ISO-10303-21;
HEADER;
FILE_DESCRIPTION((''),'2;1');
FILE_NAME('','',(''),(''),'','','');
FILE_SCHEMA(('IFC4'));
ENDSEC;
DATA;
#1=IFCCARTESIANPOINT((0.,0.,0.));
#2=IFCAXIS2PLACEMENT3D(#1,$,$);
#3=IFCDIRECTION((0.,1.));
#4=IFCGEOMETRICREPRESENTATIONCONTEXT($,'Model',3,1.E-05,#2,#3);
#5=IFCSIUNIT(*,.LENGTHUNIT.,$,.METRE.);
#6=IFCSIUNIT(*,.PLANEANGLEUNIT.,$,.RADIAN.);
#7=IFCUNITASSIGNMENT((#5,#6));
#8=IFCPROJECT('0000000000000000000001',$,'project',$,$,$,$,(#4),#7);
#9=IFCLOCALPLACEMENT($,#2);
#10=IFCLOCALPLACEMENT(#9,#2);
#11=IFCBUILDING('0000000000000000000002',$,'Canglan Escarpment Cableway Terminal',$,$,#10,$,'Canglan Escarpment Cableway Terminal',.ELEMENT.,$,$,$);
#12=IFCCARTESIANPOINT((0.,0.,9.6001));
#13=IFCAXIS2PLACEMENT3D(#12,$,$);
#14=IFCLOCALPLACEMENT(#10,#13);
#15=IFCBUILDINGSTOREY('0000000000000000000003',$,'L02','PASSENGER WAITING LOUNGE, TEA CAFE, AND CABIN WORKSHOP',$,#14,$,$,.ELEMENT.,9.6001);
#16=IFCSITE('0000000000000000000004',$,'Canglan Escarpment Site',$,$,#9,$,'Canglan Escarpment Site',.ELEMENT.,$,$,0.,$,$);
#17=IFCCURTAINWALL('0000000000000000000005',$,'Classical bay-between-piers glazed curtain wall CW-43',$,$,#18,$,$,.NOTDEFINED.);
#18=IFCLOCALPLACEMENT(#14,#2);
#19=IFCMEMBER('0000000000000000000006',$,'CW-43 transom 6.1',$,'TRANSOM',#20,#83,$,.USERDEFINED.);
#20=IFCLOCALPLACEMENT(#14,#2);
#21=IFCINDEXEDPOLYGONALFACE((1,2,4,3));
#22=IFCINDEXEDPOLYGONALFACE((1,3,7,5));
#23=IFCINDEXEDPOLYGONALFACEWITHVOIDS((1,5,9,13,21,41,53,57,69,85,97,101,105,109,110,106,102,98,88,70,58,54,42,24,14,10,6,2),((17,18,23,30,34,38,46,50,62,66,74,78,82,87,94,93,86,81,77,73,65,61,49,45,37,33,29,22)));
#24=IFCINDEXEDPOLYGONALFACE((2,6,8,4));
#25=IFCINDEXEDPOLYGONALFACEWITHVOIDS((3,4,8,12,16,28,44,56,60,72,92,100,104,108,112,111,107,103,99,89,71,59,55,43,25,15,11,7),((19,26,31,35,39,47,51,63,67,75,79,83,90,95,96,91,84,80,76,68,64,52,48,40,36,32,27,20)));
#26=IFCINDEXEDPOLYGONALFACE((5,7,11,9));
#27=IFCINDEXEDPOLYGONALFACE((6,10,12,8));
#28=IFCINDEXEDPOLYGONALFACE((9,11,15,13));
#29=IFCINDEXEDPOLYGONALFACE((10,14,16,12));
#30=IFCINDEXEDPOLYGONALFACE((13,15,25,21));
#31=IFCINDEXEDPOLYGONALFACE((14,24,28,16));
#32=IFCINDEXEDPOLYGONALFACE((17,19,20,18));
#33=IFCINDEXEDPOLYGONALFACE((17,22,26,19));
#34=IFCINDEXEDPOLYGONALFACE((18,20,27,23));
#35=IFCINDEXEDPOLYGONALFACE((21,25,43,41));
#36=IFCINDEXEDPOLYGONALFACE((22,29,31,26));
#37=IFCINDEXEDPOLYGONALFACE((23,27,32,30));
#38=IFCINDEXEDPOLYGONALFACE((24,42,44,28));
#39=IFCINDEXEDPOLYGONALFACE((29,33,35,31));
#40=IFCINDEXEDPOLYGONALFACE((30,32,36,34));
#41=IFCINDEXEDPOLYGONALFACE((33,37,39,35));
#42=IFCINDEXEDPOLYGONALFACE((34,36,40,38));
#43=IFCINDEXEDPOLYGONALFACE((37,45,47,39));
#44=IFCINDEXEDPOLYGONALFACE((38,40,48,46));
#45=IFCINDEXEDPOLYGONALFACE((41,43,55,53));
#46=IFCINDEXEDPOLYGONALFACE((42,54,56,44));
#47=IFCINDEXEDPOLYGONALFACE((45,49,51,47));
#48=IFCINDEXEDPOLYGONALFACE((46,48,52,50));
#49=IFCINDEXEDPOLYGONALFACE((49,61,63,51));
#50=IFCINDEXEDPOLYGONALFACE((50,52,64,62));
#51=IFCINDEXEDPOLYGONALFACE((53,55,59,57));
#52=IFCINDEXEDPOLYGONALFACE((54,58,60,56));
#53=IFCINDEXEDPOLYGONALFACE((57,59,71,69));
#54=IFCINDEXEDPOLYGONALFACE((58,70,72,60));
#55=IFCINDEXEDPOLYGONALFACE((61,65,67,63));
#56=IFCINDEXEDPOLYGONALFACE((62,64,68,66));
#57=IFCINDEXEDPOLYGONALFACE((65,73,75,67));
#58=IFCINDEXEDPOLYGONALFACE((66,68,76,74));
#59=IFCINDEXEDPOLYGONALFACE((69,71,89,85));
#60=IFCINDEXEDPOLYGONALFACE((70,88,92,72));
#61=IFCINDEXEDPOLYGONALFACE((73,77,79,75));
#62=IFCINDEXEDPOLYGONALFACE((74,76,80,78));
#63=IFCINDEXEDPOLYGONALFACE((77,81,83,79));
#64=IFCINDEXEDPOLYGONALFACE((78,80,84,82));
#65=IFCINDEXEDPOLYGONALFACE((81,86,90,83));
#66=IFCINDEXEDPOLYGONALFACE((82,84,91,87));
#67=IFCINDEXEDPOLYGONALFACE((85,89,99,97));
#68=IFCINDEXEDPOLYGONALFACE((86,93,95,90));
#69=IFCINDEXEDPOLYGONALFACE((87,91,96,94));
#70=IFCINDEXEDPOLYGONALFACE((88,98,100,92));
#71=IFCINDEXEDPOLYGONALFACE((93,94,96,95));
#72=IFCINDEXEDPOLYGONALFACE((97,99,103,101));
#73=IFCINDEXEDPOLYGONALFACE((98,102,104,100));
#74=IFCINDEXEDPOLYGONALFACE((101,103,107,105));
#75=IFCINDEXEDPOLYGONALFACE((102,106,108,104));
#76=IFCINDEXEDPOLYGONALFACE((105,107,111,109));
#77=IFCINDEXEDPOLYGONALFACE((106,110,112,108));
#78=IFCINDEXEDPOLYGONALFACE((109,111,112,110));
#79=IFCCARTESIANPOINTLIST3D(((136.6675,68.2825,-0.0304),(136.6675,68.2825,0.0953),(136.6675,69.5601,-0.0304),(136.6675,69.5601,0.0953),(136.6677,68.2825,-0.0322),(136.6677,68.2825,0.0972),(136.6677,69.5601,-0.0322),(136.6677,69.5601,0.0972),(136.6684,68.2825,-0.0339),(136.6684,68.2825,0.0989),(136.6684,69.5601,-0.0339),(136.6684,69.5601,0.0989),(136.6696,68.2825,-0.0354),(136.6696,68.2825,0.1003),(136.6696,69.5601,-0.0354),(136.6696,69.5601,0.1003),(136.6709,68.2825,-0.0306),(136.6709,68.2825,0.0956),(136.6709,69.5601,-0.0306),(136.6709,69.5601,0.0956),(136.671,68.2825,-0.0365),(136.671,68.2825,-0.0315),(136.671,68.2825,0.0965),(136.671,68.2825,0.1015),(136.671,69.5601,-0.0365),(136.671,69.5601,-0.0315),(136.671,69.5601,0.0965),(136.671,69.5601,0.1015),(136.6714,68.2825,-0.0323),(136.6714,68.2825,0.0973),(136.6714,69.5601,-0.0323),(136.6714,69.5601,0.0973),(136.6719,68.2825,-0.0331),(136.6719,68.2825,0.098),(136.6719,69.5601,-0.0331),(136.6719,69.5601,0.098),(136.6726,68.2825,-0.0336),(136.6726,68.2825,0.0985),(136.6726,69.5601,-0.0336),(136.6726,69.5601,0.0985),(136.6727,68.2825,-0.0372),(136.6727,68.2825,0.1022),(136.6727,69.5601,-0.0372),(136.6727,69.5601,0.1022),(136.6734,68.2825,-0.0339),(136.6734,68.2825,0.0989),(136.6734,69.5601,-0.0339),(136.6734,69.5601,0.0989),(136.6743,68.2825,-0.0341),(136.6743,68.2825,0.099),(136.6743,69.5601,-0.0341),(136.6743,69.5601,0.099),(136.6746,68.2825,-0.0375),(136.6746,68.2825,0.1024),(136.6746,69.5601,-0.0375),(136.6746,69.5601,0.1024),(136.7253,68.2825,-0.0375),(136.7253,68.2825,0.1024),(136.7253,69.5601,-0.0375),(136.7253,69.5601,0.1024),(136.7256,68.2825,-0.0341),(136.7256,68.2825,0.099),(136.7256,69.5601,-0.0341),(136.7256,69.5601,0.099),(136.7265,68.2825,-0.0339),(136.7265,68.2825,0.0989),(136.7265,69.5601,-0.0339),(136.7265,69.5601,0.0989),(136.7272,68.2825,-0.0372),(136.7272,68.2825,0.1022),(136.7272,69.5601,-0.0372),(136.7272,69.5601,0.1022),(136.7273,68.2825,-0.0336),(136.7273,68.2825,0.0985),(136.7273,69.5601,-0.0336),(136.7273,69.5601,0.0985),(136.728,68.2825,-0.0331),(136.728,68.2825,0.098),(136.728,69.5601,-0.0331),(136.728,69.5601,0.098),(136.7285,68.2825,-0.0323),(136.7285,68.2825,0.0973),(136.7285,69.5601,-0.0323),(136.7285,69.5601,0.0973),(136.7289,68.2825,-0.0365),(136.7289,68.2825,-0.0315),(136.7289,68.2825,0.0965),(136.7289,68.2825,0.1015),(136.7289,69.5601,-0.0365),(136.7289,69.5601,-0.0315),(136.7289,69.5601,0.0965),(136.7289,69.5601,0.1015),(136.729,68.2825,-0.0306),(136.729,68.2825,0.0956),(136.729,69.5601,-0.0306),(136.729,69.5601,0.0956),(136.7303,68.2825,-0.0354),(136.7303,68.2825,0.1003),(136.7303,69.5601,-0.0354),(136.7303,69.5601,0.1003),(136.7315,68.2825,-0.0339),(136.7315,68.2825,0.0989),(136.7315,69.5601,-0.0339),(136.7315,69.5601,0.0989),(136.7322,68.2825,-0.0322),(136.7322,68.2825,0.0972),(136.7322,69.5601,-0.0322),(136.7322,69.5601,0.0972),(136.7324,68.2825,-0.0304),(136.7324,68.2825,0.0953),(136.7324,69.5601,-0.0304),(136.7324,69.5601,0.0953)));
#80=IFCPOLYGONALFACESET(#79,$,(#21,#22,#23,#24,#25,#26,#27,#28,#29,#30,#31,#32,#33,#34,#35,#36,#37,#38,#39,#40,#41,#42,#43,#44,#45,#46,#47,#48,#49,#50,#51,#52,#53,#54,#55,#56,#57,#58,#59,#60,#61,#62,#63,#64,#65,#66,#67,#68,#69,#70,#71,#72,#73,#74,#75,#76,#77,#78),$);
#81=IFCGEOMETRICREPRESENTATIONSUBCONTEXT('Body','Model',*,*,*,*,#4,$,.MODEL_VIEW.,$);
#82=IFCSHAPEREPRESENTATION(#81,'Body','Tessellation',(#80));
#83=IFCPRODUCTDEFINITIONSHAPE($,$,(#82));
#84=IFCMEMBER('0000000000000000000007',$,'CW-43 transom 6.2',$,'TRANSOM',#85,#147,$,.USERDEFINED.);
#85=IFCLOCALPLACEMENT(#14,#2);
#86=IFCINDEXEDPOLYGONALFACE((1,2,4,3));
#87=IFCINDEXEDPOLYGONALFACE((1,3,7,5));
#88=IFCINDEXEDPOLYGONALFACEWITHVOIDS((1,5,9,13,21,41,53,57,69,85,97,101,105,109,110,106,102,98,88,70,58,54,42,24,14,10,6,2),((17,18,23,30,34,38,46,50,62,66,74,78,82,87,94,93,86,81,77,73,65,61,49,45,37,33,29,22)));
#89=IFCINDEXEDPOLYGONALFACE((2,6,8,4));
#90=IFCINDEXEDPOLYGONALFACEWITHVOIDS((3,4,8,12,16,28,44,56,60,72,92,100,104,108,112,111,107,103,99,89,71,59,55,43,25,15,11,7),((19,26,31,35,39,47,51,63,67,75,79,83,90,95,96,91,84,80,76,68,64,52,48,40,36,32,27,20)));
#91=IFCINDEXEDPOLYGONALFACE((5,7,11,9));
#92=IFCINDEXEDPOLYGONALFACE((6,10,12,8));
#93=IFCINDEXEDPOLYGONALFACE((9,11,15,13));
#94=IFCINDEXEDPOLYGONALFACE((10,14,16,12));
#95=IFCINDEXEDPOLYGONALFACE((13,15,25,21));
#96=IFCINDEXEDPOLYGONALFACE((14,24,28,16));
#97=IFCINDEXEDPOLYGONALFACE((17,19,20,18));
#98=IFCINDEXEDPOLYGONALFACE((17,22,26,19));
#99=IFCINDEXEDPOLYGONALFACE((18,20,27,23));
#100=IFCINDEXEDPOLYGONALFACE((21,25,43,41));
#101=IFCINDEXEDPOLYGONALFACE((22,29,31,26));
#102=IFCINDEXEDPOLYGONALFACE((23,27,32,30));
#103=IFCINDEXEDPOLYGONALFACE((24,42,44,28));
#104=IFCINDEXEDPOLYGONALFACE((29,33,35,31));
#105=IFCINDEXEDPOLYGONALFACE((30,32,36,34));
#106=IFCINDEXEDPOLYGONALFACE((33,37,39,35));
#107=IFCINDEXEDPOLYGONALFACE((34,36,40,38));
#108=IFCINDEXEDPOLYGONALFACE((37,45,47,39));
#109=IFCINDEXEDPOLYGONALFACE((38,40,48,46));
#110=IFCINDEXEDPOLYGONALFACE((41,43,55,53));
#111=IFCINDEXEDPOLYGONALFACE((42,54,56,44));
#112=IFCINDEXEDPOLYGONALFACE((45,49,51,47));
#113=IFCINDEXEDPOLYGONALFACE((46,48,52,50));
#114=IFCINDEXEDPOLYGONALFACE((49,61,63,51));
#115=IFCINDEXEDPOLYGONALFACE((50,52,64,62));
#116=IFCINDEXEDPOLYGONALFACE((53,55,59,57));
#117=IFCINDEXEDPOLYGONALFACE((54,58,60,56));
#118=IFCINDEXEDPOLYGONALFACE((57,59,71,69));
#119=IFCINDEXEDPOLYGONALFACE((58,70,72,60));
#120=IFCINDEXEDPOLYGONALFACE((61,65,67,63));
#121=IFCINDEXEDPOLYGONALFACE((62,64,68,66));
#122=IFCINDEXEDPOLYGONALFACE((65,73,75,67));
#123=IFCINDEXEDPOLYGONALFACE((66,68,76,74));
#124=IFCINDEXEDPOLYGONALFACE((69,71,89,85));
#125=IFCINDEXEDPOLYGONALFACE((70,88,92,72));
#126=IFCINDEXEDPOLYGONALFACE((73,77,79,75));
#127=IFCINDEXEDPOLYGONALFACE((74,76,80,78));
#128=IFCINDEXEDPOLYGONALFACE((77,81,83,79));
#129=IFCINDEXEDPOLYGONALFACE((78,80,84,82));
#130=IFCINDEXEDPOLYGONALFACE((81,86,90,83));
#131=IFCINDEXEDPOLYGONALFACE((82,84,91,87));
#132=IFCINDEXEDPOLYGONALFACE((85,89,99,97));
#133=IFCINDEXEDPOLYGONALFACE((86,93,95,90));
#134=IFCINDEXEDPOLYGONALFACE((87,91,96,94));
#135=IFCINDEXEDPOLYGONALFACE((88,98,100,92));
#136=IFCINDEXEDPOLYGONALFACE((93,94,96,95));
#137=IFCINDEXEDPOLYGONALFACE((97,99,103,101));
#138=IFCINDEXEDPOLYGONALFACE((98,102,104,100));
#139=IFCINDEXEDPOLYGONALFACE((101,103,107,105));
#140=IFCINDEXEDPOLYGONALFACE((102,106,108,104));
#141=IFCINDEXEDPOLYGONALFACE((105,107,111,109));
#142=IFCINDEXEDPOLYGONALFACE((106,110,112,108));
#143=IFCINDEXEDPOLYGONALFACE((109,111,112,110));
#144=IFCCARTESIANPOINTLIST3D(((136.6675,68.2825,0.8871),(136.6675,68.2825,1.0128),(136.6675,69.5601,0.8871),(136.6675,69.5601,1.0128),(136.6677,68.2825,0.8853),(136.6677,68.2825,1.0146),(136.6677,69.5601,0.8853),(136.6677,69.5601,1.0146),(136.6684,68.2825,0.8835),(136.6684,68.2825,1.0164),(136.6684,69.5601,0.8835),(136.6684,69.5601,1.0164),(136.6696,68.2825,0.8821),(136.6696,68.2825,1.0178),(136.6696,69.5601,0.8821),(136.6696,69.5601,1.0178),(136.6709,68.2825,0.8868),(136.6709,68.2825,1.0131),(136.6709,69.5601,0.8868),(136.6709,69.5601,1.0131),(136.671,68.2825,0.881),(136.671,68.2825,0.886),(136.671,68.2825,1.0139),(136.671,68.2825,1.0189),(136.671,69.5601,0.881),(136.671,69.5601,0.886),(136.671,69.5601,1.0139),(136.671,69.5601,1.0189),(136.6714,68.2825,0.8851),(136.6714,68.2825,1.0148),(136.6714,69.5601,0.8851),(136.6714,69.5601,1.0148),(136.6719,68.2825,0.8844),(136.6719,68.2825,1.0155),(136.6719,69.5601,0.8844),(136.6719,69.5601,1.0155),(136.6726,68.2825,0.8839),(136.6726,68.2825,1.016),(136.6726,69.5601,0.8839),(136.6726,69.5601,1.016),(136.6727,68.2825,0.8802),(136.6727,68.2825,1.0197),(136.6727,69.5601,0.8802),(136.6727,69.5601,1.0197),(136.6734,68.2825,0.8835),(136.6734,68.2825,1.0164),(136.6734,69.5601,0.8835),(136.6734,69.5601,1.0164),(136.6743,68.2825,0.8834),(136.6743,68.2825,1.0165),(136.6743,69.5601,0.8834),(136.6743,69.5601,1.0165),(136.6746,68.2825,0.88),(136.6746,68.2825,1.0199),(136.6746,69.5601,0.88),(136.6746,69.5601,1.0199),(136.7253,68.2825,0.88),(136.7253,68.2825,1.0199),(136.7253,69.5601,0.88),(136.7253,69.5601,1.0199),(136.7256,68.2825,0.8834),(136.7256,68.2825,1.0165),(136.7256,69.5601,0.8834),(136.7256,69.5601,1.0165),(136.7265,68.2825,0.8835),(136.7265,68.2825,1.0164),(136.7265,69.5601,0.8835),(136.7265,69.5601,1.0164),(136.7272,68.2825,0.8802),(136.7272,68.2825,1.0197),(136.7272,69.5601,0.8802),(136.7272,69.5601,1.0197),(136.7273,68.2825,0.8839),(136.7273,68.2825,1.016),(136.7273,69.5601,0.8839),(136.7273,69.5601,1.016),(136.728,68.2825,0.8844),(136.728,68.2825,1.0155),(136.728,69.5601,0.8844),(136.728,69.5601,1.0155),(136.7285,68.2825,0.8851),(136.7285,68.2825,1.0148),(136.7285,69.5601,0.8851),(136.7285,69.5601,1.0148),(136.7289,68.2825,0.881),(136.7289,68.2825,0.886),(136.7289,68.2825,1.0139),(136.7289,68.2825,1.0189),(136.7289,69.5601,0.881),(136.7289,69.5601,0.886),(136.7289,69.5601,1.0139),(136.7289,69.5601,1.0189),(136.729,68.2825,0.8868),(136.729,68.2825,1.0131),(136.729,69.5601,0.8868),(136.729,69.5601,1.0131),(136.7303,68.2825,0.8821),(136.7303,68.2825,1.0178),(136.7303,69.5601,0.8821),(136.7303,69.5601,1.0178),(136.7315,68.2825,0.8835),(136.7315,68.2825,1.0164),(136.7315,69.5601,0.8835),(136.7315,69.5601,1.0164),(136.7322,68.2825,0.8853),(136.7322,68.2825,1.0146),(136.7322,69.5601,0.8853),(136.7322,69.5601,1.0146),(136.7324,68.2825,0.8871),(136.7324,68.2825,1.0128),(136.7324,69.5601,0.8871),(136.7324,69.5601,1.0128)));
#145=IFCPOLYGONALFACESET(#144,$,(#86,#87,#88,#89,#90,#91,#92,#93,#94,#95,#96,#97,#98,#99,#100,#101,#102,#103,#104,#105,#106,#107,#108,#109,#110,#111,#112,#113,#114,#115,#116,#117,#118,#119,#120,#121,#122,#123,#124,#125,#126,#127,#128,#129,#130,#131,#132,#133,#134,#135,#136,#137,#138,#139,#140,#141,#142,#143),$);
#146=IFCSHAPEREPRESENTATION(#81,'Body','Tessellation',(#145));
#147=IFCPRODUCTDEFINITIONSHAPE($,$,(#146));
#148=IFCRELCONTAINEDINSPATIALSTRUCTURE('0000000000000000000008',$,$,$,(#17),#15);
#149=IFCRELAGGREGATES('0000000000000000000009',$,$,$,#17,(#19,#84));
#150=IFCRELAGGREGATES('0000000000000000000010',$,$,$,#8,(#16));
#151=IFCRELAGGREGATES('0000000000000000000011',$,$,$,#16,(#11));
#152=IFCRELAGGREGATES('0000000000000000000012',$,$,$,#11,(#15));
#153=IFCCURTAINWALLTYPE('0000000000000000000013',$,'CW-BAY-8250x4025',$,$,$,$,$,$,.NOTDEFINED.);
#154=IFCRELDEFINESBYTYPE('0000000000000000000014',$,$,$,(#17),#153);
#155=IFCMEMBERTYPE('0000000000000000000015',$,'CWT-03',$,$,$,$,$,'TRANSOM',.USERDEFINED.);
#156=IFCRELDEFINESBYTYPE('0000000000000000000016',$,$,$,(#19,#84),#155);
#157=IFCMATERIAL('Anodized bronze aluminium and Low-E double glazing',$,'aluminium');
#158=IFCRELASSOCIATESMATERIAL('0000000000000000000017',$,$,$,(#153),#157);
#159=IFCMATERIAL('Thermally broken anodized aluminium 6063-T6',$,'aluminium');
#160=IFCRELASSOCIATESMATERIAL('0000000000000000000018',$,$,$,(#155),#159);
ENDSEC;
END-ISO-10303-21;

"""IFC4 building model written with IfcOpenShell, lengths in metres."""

from ifc_helpers import new_model, si_unit, direction, frame, origin, origin_2d, place, context, subcontext, project, spatial, hollow_rectangle, extrude, material, material_profile, profile_set, type_object, element, aggregate, save


model = new_model("IFC4")

# Units and contexts
model_context = context("Model", 3, precision=1e-05, world=origin(), true_north=direction((0.0, 1.0)))
body_context = subcontext(model_context, "Body", "Model", "MODEL_VIEW")
ifc_project = project(units=[si_unit("LENGTHUNIT", "METRE"), si_unit("PLANEANGLEUNIT", "RADIAN")], contexts=[model_context])

# Site, building, storey
site_placement = place(None, origin())
site = spatial("IfcSite", under=ifc_project, at=site_placement, Name="Canglan Escarpment Site", LongName="Canglan Escarpment Site", CompositionType="ELEMENT", RefElevation=0.0)
building_placement = place(site_placement, origin())
building = spatial("IfcBuilding", under=site, at=building_placement, Name="Canglan Escarpment Cableway Terminal", LongName="Canglan Escarpment Cableway Terminal", CompositionType="ELEMENT")
storey_placement = place(building_placement, frame((0.0, 0.0, 9.6001)))
storey = spatial("IfcBuildingStorey", under=building, at=storey_placement, Name="L02", Description="PASSENGER WAITING LOUNGE, TEA CAFE, AND CABIN WORKSHOP", CompositionType="ELEMENT", Elevation=9.6001)

# Curtain wall
ifc_material_1 = material(Name="Anodized bronze aluminium and Low-E double glazing", Category="aluminium")
ifc_material_2 = material(Name="Thermally broken anodized aluminium 6063-T6", Category="aluminium")
curtain_wall_type_1 = type_object("IfcCurtainWallType", Name="CW-BAY-8250x4025", PredefinedType="NOTDEFINED", material=ifc_material_1)
curtain_wall_1_placement = place(storey_placement, origin())
curtain_wall_1 = element("IfcCurtainWall", 1, at=curtain_wall_1_placement, inside=storey, type_object=curtain_wall_type_1, Name="Classical bay-between-piers glazed curtain wall CW-43", PredefinedType="NOTDEFINED")

# Members
ifc_material_profile_1 = material_profile(ifc_material_2, hollow_rectangle(XDim=0.0649, YDim=0.1399, WallThickness=0.0034, InnerFilletRadius=0.0034, OuterFilletRadius=0.0071, at=origin_2d()), Name="ALU-TRAN 65x140x3.5")
ifc_profile_set_1 = profile_set([ifc_material_profile_1], Name="Thermally broken anodized aluminium 6063-T6")
member_type_1 = type_object("IfcMemberType", Name="CWT-03", ElementType="TRANSOM", PredefinedType="USERDEFINED", material=ifc_profile_set_1)
member_1_placement = place(storey_placement, frame((136.7, 68.2825, 0.0325), z_axis=(0.0, 1.0, 0.0), x_axis=(-1.0, 0.0, 0.0)))
member_1 = element("IfcMember", 2, at=member_1_placement, type_object=member_type_1, Name="CW-43 transom 6.1", ObjectType="TRANSOM", PredefinedType="USERDEFINED", context=body_context, shape_type="SweptSolid", body=[
    extrude(hollow_rectangle(XDim=0.0649, YDim=0.1399, WallThickness=0.0034, InnerFilletRadius=0.0034, OuterFilletRadius=0.0071, at=origin_2d()), origin(), (0.0, 0.0, 1.0), 1.2776),
])
member_2_placement = place(storey_placement, frame((136.7, 68.2825, 0.95), z_axis=(0.0, 1.0, 0.0), x_axis=(-1.0, 0.0, 0.0)))
member_2 = element("IfcMember", 3, at=member_2_placement, type_object=member_type_1, Name="CW-43 transom 6.2", ObjectType="TRANSOM", PredefinedType="USERDEFINED", context=body_context, shape_type="SweptSolid", body=[
    extrude(hollow_rectangle(XDim=0.0649, YDim=0.1399, WallThickness=0.0034, InnerFilletRadius=0.0034, OuterFilletRadius=0.0071, at=origin_2d()), origin(), (0.0, 0.0, 1.0), 1.2776),
])

aggregate(curtain_wall_1, [member_1, member_2])

save(model, "model.ifc")
